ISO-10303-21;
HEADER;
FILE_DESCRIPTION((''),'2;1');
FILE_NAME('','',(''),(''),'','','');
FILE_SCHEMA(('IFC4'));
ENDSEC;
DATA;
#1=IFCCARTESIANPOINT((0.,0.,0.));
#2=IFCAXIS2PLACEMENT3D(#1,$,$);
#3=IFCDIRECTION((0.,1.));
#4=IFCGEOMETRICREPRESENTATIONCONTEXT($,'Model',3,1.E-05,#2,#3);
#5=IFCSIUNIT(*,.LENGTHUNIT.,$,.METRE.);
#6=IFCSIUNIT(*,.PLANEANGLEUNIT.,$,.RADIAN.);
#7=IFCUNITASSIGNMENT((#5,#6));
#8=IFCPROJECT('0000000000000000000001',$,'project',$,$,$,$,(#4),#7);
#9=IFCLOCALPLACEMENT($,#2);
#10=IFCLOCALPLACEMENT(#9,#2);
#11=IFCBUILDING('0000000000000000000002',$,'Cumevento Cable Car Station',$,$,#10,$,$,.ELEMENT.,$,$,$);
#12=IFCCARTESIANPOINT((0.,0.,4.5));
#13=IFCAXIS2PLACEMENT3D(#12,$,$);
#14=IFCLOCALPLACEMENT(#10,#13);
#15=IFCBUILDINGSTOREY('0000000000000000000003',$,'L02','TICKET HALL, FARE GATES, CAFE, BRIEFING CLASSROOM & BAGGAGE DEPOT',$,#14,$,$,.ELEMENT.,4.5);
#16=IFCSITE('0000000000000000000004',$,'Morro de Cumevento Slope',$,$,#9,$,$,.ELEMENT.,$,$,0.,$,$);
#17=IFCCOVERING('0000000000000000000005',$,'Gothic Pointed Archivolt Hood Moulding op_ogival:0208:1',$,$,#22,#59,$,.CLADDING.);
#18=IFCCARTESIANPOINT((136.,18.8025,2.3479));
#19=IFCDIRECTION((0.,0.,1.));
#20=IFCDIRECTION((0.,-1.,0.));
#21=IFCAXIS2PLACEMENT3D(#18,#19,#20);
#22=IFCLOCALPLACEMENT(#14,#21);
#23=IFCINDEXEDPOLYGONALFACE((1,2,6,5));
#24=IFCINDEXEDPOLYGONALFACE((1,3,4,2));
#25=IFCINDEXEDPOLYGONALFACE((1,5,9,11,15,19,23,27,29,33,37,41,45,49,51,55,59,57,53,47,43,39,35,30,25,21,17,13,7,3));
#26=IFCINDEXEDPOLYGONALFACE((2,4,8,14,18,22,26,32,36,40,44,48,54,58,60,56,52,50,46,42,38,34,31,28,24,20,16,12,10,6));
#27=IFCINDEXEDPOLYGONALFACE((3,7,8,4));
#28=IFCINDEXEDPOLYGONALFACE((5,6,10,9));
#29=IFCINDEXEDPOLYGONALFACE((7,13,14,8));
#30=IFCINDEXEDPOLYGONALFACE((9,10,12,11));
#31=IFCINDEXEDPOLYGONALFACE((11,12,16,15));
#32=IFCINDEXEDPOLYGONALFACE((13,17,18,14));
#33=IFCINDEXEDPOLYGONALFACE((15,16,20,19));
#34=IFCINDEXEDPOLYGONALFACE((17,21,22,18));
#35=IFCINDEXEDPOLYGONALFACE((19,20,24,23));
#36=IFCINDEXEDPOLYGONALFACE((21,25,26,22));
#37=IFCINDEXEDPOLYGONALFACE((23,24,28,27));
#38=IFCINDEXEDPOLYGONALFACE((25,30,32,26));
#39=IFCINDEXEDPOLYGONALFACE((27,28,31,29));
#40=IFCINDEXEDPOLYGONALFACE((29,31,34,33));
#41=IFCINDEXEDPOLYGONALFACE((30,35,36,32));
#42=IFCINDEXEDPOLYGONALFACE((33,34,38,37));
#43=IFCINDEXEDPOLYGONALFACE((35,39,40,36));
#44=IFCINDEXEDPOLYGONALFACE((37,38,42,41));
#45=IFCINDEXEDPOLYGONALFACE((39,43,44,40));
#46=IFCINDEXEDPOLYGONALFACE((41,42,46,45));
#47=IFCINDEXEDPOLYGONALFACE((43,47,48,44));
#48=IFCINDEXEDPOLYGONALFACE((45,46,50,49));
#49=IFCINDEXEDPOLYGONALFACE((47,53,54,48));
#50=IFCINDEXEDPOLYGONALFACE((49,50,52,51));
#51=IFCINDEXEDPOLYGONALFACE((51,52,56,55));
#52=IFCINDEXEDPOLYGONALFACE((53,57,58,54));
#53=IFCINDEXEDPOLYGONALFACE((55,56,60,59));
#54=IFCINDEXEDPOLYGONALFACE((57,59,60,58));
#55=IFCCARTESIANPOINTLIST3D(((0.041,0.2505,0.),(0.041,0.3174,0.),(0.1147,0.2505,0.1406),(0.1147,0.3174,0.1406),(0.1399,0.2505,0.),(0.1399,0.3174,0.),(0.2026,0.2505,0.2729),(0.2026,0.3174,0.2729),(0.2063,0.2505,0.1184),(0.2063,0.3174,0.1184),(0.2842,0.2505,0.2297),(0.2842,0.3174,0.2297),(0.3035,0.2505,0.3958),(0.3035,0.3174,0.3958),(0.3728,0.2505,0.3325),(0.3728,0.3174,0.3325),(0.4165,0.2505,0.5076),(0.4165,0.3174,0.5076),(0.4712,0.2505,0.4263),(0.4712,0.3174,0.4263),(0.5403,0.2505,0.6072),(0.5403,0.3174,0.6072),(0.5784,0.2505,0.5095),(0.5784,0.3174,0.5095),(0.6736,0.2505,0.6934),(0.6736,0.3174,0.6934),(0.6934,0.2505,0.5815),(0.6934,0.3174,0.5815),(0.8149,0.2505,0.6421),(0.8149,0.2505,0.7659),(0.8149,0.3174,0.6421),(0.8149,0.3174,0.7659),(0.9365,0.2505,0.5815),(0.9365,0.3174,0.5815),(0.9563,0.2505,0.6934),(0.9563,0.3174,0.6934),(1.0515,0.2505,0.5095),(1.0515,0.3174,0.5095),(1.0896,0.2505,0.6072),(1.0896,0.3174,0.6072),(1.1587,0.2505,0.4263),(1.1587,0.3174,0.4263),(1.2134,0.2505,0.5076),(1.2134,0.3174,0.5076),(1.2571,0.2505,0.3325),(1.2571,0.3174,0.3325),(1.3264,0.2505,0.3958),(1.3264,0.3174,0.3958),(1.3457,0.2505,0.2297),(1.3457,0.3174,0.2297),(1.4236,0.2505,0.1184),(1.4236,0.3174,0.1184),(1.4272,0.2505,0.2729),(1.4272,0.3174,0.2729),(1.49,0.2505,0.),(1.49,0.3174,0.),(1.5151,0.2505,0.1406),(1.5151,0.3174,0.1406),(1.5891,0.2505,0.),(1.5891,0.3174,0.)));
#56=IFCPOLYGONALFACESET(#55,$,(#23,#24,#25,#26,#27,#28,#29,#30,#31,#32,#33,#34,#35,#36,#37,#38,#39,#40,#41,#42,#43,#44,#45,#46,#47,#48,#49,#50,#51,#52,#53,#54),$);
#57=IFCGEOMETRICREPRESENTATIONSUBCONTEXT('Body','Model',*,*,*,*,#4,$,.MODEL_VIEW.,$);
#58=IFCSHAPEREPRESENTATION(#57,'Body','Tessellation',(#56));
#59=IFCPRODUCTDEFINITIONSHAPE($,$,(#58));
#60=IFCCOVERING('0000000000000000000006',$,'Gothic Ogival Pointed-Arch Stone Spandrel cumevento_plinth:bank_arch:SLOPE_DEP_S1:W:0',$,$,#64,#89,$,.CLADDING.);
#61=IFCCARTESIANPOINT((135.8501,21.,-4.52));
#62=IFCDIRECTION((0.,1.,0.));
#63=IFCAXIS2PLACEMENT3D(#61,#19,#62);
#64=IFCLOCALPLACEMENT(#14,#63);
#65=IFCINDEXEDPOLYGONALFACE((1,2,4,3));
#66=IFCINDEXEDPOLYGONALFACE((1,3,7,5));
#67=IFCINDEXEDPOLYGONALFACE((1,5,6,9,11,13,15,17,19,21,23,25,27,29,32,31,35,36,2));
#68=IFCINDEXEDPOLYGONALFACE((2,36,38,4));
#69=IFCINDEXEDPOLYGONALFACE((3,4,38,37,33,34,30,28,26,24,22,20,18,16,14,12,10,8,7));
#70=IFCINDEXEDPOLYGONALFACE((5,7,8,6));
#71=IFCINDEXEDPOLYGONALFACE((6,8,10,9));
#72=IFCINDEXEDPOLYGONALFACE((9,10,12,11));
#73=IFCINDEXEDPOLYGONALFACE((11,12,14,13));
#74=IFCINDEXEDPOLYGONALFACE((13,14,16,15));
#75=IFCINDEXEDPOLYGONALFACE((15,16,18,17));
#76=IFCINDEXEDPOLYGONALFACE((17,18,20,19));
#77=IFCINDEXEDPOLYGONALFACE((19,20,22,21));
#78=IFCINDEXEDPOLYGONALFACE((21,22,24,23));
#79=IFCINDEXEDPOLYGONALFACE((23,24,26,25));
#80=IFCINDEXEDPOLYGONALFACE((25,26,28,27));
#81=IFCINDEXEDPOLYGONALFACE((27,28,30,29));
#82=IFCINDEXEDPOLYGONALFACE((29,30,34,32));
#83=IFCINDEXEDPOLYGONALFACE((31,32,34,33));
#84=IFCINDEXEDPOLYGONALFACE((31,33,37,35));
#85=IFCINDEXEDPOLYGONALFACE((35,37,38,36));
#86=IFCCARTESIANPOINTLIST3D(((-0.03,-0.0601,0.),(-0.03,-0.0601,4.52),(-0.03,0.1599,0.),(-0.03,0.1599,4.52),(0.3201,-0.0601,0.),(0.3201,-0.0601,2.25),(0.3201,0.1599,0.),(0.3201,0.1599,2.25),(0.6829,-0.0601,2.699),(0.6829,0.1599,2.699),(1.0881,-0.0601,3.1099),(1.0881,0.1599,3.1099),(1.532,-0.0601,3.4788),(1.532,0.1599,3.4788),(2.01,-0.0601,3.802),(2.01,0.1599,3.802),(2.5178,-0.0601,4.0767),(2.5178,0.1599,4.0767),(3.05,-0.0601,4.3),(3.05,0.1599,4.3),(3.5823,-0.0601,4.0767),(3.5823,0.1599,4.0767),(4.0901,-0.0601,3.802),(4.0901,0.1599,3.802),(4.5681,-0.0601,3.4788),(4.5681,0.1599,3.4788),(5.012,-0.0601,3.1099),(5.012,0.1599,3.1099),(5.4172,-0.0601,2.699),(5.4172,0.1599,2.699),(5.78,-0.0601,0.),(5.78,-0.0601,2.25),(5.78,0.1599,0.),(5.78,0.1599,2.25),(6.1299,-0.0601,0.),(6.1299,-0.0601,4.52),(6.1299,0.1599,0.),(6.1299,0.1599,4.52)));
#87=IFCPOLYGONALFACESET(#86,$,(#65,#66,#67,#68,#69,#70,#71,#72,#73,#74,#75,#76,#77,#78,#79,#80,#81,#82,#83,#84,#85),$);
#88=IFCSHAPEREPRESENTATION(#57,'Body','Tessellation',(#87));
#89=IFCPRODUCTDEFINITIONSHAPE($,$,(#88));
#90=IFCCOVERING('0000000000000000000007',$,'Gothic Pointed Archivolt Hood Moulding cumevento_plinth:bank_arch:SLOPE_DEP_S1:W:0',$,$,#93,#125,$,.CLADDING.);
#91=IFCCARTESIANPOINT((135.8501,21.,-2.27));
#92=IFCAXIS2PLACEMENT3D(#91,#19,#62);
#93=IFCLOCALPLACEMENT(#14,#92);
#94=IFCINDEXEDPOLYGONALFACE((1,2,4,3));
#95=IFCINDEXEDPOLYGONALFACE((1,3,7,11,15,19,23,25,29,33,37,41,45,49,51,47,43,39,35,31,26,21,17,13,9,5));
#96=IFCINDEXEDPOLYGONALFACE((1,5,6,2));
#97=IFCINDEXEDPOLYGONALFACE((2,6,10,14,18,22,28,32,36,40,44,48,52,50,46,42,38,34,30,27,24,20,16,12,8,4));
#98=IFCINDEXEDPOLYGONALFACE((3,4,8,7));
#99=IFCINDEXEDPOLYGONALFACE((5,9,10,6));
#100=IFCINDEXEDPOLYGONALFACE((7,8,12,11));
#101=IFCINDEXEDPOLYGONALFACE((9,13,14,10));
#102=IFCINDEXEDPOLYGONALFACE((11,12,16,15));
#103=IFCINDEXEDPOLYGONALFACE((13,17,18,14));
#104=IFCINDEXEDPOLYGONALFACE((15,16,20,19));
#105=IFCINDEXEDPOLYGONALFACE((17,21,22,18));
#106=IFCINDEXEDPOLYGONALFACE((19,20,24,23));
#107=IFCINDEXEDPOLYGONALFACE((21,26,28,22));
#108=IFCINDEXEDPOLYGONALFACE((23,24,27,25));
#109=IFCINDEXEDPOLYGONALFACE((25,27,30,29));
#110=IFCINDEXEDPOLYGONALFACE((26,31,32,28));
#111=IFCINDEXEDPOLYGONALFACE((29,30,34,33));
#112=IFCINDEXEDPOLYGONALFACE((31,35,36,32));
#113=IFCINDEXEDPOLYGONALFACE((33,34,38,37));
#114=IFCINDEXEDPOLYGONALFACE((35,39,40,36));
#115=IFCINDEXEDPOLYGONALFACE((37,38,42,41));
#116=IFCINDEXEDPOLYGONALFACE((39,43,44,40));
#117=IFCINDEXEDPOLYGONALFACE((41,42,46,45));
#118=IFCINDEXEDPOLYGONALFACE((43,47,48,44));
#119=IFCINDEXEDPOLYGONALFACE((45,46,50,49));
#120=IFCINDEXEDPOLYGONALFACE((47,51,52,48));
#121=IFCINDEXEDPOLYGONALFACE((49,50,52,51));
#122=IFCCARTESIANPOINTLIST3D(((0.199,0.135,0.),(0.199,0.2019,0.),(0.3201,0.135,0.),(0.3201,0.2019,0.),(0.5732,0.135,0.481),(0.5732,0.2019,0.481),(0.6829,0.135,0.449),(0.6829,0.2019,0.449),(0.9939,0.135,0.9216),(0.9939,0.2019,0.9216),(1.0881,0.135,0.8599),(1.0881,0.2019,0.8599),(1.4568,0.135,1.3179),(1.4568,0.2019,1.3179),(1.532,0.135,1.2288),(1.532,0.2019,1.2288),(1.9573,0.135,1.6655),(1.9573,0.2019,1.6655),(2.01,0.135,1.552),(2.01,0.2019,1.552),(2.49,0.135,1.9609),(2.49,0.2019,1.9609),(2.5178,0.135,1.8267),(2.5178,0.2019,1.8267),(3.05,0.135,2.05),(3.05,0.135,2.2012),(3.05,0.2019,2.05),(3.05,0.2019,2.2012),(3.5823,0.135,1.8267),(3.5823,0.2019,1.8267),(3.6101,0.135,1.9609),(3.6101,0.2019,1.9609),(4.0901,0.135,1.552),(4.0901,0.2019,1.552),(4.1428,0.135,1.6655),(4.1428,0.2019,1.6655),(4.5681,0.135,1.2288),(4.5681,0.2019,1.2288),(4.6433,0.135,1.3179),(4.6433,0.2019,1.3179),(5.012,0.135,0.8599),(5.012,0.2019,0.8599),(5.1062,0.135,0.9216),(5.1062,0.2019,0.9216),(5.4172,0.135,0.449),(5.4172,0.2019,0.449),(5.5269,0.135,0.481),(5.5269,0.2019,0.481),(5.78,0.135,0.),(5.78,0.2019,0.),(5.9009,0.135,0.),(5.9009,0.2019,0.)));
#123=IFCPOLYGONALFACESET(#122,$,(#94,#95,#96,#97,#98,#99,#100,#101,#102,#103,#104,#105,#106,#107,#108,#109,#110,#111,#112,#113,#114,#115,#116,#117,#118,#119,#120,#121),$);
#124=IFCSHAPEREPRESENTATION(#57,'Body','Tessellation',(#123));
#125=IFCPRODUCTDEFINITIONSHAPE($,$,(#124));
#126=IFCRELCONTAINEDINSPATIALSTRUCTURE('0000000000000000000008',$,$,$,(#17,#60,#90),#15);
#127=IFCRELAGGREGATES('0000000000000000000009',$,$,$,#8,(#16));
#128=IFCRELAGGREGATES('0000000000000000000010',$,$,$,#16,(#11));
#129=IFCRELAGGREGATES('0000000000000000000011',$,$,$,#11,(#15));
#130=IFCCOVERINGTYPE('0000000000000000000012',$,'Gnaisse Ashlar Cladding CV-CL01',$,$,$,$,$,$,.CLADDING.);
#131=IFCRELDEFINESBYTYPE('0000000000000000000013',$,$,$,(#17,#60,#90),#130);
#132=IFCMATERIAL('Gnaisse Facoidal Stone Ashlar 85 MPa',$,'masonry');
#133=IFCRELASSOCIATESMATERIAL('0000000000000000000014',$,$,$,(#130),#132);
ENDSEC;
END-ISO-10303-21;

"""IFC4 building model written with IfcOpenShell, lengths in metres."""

from ifc_helpers import new_model, si_unit, direction, frame, origin, place, context, subcontext, project, spatial, polyline, outline, extrude, material, type_object, element, save


model = new_model("IFC4")

# Units and contexts
model_context = context("Model", 3, precision=1e-05, world=origin(), true_north=direction((0.0, 1.0)))
body_context = subcontext(model_context, "Body", "Model", "MODEL_VIEW")
ifc_project = project(units=[si_unit("LENGTHUNIT", "METRE"), si_unit("PLANEANGLEUNIT", "RADIAN")], contexts=[model_context])

# Site, building, storey
site_placement = place(None, origin())
site = spatial("IfcSite", under=ifc_project, at=site_placement, Name="Morro de Cumevento Slope", CompositionType="ELEMENT", RefElevation=0.0)
building_placement = place(site_placement, origin())
building = spatial("IfcBuilding", under=site, at=building_placement, Name="Cumevento Cable Car Station", CompositionType="ELEMENT")
storey_placement = place(building_placement, frame((0.0, 0.0, 4.5)))
storey = spatial("IfcBuildingStorey", under=building, at=storey_placement, Name="L02", Description="TICKET HALL, FARE GATES, CAFE, BRIEFING CLASSROOM & BAGGAGE DEPOT", CompositionType="ELEMENT", Elevation=4.5)

# Coverings
ifc_material_1 = material(Name="Gnaisse Facoidal Stone Ashlar 85 MPa", Category="masonry")
covering_type = type_object("IfcCoveringType", Name="Gnaisse Ashlar Cladding CV-CL01", PredefinedType="CLADDING", material=ifc_material_1)
covering_1_placement = place(storey_placement, frame((136.0, 18.8025, 2.3479), z_axis=(0.0, 0.0, 1.0), x_axis=(0.0, -1.0, 0.0)))
element("IfcCovering", 1, at=covering_1_placement, inside=storey, type_object=covering_type, Name="Gothic Pointed Archivolt Hood Moulding op_ogival:0208:1", PredefinedType="CLADDING", context=body_context, shape_type="SweptSolid", body=[
    extrude(outline(polyline([(0.1399, 0.0), (0.2063, 0.1184), (0.2842, 0.2297), (0.3728, 0.3325), (0.4712, 0.4263), (0.5784, 0.5095), (0.6934, 0.5815), (0.8149, 0.6421), (0.9365, 0.5815), (1.0515, 0.5095), (1.1587, 0.4263), (1.2571, 0.3325), (1.3457, 0.2297), (1.4236, 0.1184), (1.49, 0.0), (1.5891, 0.0), (1.5151, 0.1406), (1.4272, 0.2729), (1.3264, 0.3958), (1.2134, 0.5076), (1.0896, 0.6072), (0.9563, 0.6934), (0.8149, 0.7659), (0.6736, 0.6934), (0.5403, 0.6072), (0.4165, 0.5076), (0.3035, 0.3958), (0.2026, 0.2729), (0.1147, 0.1406), (0.041, 0.0), (0.1399, 0.0)])), frame((0.0, 0.3174, 0.0), z_axis=(0.0, -1.0, 0.0), x_axis=(1.0, 0.0, 0.0)), (0.0, 0.0, 1.0), 0.0669),
])
covering_2_placement = place(storey_placement, frame((135.8501, 21.0, -4.52), z_axis=(0.0, 0.0, 1.0), x_axis=(0.0, 1.0, 0.0)))
element("IfcCovering", 2, at=covering_2_placement, inside=storey, type_object=covering_type, Name="Gothic Ogival Pointed-Arch Stone Spandrel cumevento_plinth:bank_arch:SLOPE_DEP_S1:W:0", PredefinedType="CLADDING", context=body_context, shape_type="SweptSolid", body=[
    extrude(outline(polyline([(-0.03, 0.0), (-0.03, 4.52), (6.1299, 4.52), (6.1299, 0.0), (5.78, 0.0), (5.78, 2.25), (5.4172, 2.699), (5.012, 3.1099), (4.5681, 3.4788), (4.0901, 3.802), (3.5823, 4.0767), (3.05, 4.3), (2.5178, 4.0767), (2.01, 3.802), (1.532, 3.4788), (1.0881, 3.1099), (0.6829, 2.699), (0.3201, 2.25), (0.3201, 0.0), (-0.03, 0.0)])), frame((0.0, 0.1599, 0.0), z_axis=(0.0, -1.0, 0.0), x_axis=(1.0, 0.0, 0.0)), (0.0, 0.0, 1.0), 0.22),
])
covering_3_placement = place(storey_placement, frame((135.8501, 21.0, -2.27), z_axis=(0.0, 0.0, 1.0), x_axis=(0.0, 1.0, 0.0)))
element("IfcCovering", 3, at=covering_3_placement, inside=storey, type_object=covering_type, Name="Gothic Pointed Archivolt Hood Moulding cumevento_plinth:bank_arch:SLOPE_DEP_S1:W:0", PredefinedType="CLADDING", context=body_context, shape_type="SweptSolid", body=[
    extrude(outline(polyline([(0.3201, 0.0), (0.6829, 0.449), (1.0881, 0.8599), (1.532, 1.2288), (2.01, 1.552), (2.5178, 1.8267), (3.05, 2.05), (3.5823, 1.8267), (4.0901, 1.552), (4.5681, 1.2288), (5.012, 0.8599), (5.4172, 0.449), (5.78, 0.0), (5.9009, 0.0), (5.5269, 0.481), (5.1062, 0.9216), (4.6433, 1.3179), (4.1428, 1.6655), (3.6101, 1.9609), (3.05, 2.2012), (2.49, 1.9609), (1.9573, 1.6655), (1.4568, 1.3179), (0.9939, 0.9216), (0.5732, 0.481), (0.199, 0.0), (0.3201, 0.0)])), frame((0.0, 0.2019, 0.0), z_axis=(0.0, -1.0, 0.0), x_axis=(1.0, 0.0, 0.0)), (0.0, 0.0, 1.0), 0.0669),
])

save(model, "model.ifc")
